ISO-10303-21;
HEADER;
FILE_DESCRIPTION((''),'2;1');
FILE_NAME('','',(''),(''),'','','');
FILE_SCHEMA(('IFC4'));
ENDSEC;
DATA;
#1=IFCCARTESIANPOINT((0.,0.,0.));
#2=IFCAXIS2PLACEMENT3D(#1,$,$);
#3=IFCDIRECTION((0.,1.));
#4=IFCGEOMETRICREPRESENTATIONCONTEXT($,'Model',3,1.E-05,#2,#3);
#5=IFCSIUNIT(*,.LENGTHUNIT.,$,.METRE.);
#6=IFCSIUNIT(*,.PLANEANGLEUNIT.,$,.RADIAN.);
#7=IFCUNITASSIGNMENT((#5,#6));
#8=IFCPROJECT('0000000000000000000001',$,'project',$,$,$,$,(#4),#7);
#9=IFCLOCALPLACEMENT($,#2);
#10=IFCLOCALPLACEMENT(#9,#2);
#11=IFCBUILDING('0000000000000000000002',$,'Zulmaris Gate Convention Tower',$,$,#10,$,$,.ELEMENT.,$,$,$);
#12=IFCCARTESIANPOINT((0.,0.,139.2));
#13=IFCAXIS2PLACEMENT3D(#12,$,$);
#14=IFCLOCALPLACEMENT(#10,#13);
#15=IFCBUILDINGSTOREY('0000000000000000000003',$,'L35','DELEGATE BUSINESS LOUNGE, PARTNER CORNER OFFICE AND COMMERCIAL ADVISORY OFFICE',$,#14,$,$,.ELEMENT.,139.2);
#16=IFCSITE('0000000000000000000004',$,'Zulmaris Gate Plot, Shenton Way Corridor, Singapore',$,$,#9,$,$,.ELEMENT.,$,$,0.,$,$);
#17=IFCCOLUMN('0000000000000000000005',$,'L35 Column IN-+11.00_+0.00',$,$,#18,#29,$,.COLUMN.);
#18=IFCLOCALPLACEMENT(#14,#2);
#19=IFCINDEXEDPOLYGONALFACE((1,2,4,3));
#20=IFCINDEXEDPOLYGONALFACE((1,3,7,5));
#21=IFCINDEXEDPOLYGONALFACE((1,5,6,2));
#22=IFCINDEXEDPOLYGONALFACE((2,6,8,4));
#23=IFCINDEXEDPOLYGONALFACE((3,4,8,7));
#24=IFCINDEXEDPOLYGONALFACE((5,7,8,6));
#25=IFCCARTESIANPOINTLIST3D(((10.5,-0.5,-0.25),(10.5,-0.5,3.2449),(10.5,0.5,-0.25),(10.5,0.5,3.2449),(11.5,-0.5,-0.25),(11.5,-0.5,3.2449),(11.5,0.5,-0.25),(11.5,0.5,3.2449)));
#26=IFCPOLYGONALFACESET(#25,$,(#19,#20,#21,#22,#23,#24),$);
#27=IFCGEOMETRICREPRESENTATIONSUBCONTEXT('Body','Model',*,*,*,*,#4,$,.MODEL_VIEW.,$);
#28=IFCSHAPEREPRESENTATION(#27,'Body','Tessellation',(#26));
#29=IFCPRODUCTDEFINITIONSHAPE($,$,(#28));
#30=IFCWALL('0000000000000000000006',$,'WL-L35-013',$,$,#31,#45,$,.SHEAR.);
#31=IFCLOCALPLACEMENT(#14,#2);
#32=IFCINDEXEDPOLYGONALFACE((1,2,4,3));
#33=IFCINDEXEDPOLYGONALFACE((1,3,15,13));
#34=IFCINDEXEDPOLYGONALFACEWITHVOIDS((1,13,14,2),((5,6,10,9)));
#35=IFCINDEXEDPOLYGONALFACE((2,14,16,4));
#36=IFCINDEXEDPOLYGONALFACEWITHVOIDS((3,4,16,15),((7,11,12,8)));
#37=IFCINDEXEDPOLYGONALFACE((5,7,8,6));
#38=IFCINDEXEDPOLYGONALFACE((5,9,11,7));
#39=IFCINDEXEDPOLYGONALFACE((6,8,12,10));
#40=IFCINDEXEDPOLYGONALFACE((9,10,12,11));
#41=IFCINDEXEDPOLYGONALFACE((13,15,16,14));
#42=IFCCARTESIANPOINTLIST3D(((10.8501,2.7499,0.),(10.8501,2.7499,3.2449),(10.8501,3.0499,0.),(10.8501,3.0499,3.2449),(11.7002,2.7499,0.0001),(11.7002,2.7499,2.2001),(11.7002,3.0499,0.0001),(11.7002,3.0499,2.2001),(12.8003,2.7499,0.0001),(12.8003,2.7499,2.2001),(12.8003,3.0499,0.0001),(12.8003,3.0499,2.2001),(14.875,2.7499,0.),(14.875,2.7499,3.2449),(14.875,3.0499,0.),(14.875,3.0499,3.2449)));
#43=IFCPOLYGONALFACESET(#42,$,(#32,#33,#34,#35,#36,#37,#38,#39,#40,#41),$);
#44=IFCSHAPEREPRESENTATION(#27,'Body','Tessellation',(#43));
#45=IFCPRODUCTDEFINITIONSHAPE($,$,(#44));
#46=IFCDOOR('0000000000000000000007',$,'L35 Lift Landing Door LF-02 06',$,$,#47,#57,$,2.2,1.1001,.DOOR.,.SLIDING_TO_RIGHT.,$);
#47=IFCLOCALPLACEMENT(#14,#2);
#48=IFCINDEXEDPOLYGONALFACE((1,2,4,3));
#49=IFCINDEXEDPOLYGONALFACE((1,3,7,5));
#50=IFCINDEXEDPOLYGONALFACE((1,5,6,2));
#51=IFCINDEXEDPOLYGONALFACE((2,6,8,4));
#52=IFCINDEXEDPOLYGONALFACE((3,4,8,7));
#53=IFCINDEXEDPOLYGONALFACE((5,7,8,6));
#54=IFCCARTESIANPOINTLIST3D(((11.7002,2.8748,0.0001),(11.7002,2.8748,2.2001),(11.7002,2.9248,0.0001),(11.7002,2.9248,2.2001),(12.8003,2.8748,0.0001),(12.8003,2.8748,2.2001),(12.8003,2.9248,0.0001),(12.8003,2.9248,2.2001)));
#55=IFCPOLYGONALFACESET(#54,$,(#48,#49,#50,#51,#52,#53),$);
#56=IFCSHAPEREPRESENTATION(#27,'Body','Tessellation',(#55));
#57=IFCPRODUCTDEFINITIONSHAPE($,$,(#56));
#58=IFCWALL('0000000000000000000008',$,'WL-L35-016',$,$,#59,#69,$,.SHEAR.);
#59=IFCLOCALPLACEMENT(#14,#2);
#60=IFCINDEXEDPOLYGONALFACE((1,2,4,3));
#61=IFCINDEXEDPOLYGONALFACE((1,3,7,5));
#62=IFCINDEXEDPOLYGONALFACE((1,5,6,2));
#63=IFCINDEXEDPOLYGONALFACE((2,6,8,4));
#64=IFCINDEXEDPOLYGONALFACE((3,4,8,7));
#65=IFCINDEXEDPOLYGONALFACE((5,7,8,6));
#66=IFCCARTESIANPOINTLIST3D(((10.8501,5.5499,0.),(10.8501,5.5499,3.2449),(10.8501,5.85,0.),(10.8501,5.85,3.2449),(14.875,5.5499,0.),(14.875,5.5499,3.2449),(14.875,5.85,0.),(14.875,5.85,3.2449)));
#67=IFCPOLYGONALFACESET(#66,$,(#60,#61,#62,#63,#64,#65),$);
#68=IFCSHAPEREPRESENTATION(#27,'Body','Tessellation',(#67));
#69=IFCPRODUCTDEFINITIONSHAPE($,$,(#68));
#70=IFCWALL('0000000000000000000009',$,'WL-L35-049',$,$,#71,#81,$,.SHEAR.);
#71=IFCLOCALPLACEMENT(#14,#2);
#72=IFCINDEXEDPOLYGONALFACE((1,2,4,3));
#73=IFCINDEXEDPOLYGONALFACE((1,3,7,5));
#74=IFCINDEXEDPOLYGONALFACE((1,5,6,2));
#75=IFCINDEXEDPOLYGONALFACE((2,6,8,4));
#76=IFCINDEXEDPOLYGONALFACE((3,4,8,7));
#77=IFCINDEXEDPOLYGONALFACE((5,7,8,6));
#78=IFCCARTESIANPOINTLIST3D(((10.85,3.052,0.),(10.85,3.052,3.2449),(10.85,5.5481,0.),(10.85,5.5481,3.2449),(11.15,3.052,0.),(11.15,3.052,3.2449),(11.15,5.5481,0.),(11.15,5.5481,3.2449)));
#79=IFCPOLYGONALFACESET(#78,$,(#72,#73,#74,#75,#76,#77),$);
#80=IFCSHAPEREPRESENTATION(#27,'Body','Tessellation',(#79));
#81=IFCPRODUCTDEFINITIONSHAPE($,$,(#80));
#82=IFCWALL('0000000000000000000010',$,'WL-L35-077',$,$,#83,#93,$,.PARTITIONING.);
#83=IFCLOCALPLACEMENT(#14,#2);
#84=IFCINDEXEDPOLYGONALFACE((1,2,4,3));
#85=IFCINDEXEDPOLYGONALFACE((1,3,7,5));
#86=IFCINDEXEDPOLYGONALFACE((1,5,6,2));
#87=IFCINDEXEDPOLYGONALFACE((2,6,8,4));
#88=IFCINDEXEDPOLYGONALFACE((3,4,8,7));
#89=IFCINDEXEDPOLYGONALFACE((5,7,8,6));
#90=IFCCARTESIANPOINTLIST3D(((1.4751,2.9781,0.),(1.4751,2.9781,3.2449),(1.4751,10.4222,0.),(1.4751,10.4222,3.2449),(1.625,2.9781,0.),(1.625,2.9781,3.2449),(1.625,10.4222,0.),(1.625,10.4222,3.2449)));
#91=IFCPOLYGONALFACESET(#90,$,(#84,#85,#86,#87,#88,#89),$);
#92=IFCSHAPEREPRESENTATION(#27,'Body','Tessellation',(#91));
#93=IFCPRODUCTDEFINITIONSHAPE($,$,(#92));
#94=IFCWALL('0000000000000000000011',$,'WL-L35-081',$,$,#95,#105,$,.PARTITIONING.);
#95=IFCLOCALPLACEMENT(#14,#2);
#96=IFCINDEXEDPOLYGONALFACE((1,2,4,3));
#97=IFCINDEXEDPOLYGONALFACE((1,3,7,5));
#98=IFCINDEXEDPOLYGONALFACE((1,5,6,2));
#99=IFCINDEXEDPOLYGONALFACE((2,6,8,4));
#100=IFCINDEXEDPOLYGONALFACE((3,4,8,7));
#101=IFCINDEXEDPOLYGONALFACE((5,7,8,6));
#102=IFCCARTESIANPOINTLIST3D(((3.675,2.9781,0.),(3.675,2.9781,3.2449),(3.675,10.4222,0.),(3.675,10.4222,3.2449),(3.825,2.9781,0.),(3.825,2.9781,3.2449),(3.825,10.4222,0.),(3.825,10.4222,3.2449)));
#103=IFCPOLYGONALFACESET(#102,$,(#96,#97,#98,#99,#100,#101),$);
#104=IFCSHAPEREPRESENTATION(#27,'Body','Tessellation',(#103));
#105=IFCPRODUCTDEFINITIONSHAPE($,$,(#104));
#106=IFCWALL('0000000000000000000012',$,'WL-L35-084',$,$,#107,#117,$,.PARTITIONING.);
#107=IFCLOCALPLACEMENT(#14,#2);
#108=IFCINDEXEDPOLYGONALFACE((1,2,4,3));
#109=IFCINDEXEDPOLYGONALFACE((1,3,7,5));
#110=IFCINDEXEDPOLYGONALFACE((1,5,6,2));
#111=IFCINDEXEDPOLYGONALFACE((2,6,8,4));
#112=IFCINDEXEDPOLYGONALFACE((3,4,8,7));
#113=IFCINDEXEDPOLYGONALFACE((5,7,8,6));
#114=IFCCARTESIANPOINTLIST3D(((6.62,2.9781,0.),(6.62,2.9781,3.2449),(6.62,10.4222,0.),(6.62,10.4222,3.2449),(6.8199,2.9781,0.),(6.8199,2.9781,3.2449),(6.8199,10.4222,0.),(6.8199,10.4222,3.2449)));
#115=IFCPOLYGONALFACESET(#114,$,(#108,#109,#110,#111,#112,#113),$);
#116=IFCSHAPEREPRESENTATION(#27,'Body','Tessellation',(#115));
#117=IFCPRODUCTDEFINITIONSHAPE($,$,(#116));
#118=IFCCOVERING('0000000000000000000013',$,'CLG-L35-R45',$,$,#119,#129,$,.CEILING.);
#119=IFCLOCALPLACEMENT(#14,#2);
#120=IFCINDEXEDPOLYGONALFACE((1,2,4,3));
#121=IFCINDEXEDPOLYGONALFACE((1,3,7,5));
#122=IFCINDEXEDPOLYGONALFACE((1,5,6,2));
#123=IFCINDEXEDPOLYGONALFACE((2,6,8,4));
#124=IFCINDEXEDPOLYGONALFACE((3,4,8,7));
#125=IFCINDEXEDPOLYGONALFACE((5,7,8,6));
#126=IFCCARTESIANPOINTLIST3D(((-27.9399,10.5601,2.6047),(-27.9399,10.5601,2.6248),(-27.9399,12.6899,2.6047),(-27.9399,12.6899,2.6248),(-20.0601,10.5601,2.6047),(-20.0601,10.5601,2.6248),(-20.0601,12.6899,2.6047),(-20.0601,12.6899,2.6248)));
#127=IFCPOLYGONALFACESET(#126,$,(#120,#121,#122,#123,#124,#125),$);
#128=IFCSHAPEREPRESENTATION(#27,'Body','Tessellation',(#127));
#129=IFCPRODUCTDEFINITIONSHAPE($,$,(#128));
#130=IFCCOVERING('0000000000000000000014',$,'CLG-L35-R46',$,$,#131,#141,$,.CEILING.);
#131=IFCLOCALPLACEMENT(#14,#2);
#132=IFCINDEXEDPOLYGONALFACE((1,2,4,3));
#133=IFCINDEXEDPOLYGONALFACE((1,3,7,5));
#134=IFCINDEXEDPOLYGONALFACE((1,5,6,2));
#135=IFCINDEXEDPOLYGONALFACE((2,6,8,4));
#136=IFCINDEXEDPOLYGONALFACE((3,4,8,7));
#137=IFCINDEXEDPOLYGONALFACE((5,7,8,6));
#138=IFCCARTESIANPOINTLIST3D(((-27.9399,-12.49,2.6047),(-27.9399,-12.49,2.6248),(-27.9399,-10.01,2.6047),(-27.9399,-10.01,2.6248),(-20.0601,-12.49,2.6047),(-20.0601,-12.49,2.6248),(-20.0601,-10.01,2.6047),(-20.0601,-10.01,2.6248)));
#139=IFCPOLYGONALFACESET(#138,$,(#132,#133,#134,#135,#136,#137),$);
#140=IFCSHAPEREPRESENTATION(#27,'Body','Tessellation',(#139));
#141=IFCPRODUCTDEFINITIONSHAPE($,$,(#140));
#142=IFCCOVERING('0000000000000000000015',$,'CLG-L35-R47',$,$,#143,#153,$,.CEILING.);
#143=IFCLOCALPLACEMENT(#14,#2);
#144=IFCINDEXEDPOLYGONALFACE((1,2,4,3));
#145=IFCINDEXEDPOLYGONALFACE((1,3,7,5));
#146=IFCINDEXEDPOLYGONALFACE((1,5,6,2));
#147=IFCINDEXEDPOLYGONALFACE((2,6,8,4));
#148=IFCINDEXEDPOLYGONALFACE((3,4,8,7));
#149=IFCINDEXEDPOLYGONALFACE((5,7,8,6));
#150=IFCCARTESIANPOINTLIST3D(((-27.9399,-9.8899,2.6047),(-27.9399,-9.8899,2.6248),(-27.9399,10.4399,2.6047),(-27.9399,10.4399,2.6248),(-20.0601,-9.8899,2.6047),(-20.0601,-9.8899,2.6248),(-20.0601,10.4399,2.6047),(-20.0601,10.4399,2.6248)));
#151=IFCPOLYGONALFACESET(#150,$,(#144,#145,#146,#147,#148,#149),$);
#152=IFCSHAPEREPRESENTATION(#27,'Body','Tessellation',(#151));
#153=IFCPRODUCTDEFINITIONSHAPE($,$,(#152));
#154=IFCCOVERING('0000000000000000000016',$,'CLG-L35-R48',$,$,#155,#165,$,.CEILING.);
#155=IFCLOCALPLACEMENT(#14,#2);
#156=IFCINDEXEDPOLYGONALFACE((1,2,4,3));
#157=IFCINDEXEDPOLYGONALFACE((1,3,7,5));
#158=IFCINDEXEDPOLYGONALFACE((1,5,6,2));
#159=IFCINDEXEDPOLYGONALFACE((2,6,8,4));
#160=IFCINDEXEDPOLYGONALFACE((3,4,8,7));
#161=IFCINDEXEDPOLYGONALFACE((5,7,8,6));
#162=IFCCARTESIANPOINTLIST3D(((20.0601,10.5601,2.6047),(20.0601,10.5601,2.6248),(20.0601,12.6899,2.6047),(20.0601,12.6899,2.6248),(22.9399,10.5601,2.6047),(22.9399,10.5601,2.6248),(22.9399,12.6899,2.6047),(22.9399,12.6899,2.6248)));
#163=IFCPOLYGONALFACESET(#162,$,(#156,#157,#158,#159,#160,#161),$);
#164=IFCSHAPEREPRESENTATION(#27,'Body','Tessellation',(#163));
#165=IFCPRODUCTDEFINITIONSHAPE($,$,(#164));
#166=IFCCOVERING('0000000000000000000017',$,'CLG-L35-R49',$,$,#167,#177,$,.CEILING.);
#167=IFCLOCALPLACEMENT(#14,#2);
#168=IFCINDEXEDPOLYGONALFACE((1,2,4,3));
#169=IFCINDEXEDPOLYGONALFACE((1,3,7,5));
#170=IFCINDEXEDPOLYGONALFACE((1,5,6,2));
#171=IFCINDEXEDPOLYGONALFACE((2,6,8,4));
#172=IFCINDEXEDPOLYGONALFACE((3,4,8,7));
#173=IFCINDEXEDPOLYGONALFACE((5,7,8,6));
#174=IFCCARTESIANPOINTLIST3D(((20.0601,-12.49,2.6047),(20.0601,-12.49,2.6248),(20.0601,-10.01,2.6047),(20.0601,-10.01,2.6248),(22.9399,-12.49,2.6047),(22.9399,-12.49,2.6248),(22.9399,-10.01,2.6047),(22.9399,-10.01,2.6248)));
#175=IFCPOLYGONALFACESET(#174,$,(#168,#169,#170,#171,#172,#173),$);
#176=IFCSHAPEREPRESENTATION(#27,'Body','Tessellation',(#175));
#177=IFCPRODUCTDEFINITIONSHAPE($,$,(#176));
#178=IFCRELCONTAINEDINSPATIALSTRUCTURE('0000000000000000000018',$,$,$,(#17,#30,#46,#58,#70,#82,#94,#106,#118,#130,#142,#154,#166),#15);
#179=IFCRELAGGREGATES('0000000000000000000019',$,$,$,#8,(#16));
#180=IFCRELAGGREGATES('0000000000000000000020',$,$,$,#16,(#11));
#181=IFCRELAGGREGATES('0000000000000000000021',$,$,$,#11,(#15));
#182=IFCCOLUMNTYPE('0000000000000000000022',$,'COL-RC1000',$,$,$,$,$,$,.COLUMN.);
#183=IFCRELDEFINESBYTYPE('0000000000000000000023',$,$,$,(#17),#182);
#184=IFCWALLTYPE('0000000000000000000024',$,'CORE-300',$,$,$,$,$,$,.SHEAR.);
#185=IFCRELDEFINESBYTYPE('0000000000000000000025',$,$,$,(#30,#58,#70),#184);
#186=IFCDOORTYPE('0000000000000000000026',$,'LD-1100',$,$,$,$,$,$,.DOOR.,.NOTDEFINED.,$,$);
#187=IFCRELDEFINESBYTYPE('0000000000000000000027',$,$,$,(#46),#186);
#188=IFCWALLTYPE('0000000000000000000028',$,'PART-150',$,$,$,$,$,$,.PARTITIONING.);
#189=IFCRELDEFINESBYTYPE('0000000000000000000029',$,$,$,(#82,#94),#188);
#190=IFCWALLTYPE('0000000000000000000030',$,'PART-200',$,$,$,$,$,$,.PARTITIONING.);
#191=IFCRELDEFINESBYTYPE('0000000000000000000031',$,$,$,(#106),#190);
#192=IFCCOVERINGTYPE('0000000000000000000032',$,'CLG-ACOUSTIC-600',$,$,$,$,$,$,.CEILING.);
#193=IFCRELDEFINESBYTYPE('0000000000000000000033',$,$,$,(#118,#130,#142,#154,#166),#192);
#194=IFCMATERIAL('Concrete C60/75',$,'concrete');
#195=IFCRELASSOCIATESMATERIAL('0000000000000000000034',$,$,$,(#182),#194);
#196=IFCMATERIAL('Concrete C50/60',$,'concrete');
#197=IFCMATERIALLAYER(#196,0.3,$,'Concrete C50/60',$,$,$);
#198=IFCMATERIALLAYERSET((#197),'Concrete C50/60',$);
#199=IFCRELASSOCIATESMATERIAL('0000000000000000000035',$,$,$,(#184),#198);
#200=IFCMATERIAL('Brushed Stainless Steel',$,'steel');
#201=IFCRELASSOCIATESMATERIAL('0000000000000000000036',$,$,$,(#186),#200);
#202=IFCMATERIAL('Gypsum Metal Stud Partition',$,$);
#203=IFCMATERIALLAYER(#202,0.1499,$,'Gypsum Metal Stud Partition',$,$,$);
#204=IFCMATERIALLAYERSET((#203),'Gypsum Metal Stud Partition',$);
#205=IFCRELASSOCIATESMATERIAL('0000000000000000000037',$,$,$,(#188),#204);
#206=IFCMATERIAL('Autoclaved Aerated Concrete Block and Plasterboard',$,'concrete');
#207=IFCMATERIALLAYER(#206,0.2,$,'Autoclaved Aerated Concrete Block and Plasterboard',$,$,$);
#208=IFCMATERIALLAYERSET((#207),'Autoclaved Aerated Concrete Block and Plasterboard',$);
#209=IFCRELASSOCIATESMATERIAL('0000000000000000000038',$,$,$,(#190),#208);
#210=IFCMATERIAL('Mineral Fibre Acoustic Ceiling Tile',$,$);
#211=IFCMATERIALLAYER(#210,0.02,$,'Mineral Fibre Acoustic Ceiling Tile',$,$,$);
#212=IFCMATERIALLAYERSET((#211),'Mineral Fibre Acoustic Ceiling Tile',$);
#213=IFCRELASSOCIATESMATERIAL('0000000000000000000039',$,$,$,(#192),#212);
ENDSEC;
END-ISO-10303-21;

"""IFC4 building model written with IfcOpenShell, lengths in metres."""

from ifc_helpers import new_model, si_unit, direction, frame, frame_2d, origin, origin_2d, place, context, subcontext, project, spatial, polyline, rectangle, outline, extrude, material, layer, layer_set, material_profile, profile_set, type_object, element, fill, save


model = new_model("IFC4")

# Units and contexts
model_context = context("Model", 3, precision=1e-05, world=origin(), true_north=direction((0.0, 1.0)))
body_context = subcontext(model_context, "Body", "Model", "MODEL_VIEW")
ifc_project = project(units=[si_unit("LENGTHUNIT", "METRE"), si_unit("PLANEANGLEUNIT", "RADIAN")], contexts=[model_context])

# Site, building, storey
site_placement = place(None, origin())
site = spatial("IfcSite", under=ifc_project, at=site_placement, Name="Zulmaris Gate Plot, Shenton Way Corridor, Singapore", CompositionType="ELEMENT", RefElevation=0.0)
building_placement = place(site_placement, origin())
building = spatial("IfcBuilding", under=site, at=building_placement, Name="Zulmaris Gate Convention Tower", CompositionType="ELEMENT")
storey_placement = place(building_placement, frame((0.0, 0.0, 139.2)))
storey = spatial("IfcBuildingStorey", under=building, at=storey_placement, Name="L35", Description="DELEGATE BUSINESS LOUNGE, PARTNER CORNER OFFICE AND COMMERCIAL ADVISORY OFFICE", CompositionType="ELEMENT", Elevation=139.2)

# Column
ifc_material_1 = material(Name="Concrete C60/75", Category="concrete")
ifc_material_profile = material_profile(ifc_material_1, rectangle(XDim=1.0, YDim=1.0, at=origin_2d()), Name="RC COL 1000x1000")
ifc_profile_set = profile_set([ifc_material_profile], Name="Concrete C60/75")
column_type = type_object("IfcColumnType", Name="COL-RC1000", PredefinedType="COLUMN", material=ifc_profile_set)
column_placement = place(storey_placement, frame((11.0, 0.0, -0.25), z_axis=(0.0, 0.0, 1.0), x_axis=(1.0, 0.0, 0.0)))
element("IfcColumn", 1, at=column_placement, inside=storey, type_object=column_type, Name="L35 Column IN-+11.00_+0.00", PredefinedType="COLUMN", context=body_context, shape_type="SweptSolid", body=[
    extrude(rectangle(XDim=1.0, YDim=1.0, at=origin_2d()), origin(), (0.0, 0.0, 1.0), 3.4949),
])

# Wall, opening, door
ifc_material_2 = material(Name="Concrete C50/60", Category="concrete")
ifc_layer_1 = layer(ifc_material_2, 0.3, Name="Concrete C50/60")
ifc_layer_set_1 = layer_set([ifc_layer_1], Name="Concrete C50/60")
wall_type_1 = type_object("IfcWallType", Name="CORE-300", PredefinedType="SHEAR", material=ifc_layer_set_1)
wall_1_placement = place(storey_placement, frame((10.8501, 2.8999, 0.0), z_axis=(0.0, 0.0, 1.0), x_axis=(1.0, 0.0, 0.0)))
wall_1 = element("IfcWall", 2, at=wall_1_placement, inside=storey, type_object=wall_type_1, Name="WL-L35-013", PredefinedType="SHEAR", context=body_context, shape_type="SweptSolid", body=[
    extrude(rectangle(XDim=4.0249, YDim=0.3, at=frame_2d((2.0125, 0.0))), origin(), (0.0, 0.0, 1.0), 3.2449),
])
opening_1_placement = place(wall_1_placement, frame((0.8501, 0.0, 0.0)))
opening_1 = element("IfcOpeningElement", 3, at=opening_1_placement, cuts=wall_1, PredefinedType="OPENING", context=body_context, shape_type="SweptSolid", body=[
    extrude(rectangle(XDim=1.1001, YDim=2.2, at=frame_2d((0.55, 1.1001))), frame((0.0, 0.1602, 0.0), z_axis=(0.0, -1.0, 0.0), x_axis=(1.0, 0.0, 0.0)), (0.0, 0.0, 1.0), 0.3201),
])
ifc_material_3 = material(Name="Brushed Stainless Steel", Category="steel")
door_type_1 = type_object("IfcDoorType", Name="LD-1100", OperationType="NOTDEFINED", PredefinedType="DOOR", material=ifc_material_3)
door_1_placement = place(opening_1_placement, origin())
door_1 = element("IfcDoor", 4, at=door_1_placement, inside=storey, type_object=door_type_1, Name="L35 Lift Landing Door LF-02 06", OperationType="SLIDING_TO_RIGHT", OverallHeight=2.2, OverallWidth=1.1001, PredefinedType="DOOR", context=body_context, shape_type="SweptSolid", body=[
    extrude(rectangle(XDim=1.1001, YDim=2.2, at=frame_2d((0.55, 1.1001))), frame((0.0, 0.0249, 0.0), z_axis=(0.0, -1.0, 0.0), x_axis=(1.0, 0.0, 0.0)), (0.0, 0.0, 1.0), 0.05),
])
fill(opening_1, door_1)

# Wall
wall_2_placement = place(storey_placement, frame((10.8501, 5.7, 0.0), z_axis=(0.0, 0.0, 1.0), x_axis=(1.0, 0.0, 0.0)))
element("IfcWall", 5, at=wall_2_placement, inside=storey, type_object=wall_type_1, Name="WL-L35-016", PredefinedType="SHEAR", context=body_context, shape_type="SweptSolid", body=[
    extrude(rectangle(XDim=4.0249, YDim=0.3, at=frame_2d((2.0125, 0.0))), origin(), (0.0, 0.0, 1.0), 3.2449),
])

# Walls
wall_3_placement = place(storey_placement, frame((11.0, 3.052, 0.0), z_axis=(0.0, 0.0, 1.0), x_axis=(0.0, 1.0, 0.0)))
element("IfcWall", 6, at=wall_3_placement, inside=storey, type_object=wall_type_1, Name="WL-L35-049", PredefinedType="SHEAR", context=body_context, shape_type="SweptSolid", body=[
    extrude(rectangle(XDim=2.4961, YDim=0.3, at=frame_2d((1.248, 0.0))), origin(), (0.0, 0.0, 1.0), 3.2449),
])
ifc_material_4 = material(Name="Gypsum Metal Stud Partition")
ifc_layer_2 = layer(ifc_material_4, 0.1499, Name="Gypsum Metal Stud Partition")
ifc_layer_set_2 = layer_set([ifc_layer_2], Name="Gypsum Metal Stud Partition")
wall_type_2 = type_object("IfcWallType", Name="PART-150", PredefinedType="PARTITIONING", material=ifc_layer_set_2)
for number, where, z_axis, x_axis, name in (
    (7, (1.55, 2.978, 0.0), (0.0, 0.0, 1.0), (0.0, 1.0, 0.0), "WL-L35-077"),
    (8, (3.75, 2.978, 0.0), (0.0, 0.0, 1.0), (0.0, 1.0, 0.0), "WL-L35-081"),
):
    element("IfcWall", number, at=place(storey_placement, frame(where, z_axis=z_axis, x_axis=x_axis)), inside=storey, type_object=wall_type_2, Name=name, PredefinedType="PARTITIONING", context=body_context, shape_type="SweptSolid", body=[
        extrude(rectangle(XDim=7.4441, YDim=0.1499, at=frame_2d((3.7222, 0.0))), origin(), (0.0, 0.0, 1.0), 3.2449),
    ])
ifc_material_5 = material(Name="Autoclaved Aerated Concrete Block and Plasterboard", Category="concrete")
ifc_layer_3 = layer(ifc_material_5, 0.2, Name="Autoclaved Aerated Concrete Block and Plasterboard")
ifc_layer_set_3 = layer_set([ifc_layer_3], Name="Autoclaved Aerated Concrete Block and Plasterboard")
wall_type_3 = type_object("IfcWallType", Name="PART-200", PredefinedType="PARTITIONING", material=ifc_layer_set_3)
wall_4_placement = place(storey_placement, frame((6.72, 2.978, 0.0), z_axis=(0.0, 0.0, 1.0), x_axis=(0.0, 1.0, 0.0)))
element("IfcWall", 9, at=wall_4_placement, inside=storey, type_object=wall_type_3, Name="WL-L35-084", PredefinedType="PARTITIONING", context=body_context, shape_type="SweptSolid", body=[
    extrude(rectangle(XDim=7.4441, YDim=0.2, at=frame_2d((3.7222, 0.0))), origin(), (0.0, 0.0, 1.0), 3.2449),
])

# Coverings
ifc_material_6 = material(Name="Mineral Fibre Acoustic Ceiling Tile")
ifc_layer_4 = layer(ifc_material_6, 0.02, Name="Mineral Fibre Acoustic Ceiling Tile")
ifc_layer_set_4 = layer_set([ifc_layer_4], Name="Mineral Fibre Acoustic Ceiling Tile")
covering_type_1 = type_object("IfcCoveringType", Name="CLG-ACOUSTIC-600", PredefinedType="CEILING", material=ifc_layer_set_4)
covering_1_placement = place(storey_placement, frame((0.0, 0.0, 2.6047)))
element("IfcCovering", 10, at=covering_1_placement, inside=storey, type_object=covering_type_1, Name="CLG-L35-R45", PredefinedType="CEILING", context=body_context, shape_type="SweptSolid", body=[
    extrude(outline(polyline([(-27.9399, 10.5601), (-20.0601, 10.5601), (-20.0601, 12.6899), (-27.9399, 12.6899), (-27.9399, 10.5601)])), origin(), (0.0, 0.0, 1.0), 0.02),
])
covering_2_placement = place(storey_placement, frame((0.0, 0.0, 2.6047)))
element("IfcCovering", 11, at=covering_2_placement, inside=storey, type_object=covering_type_1, Name="CLG-L35-R46", PredefinedType="CEILING", context=body_context, shape_type="SweptSolid", body=[
    extrude(outline(polyline([(-27.9399, -12.49), (-20.0601, -12.49), (-20.0601, -10.01), (-27.9399, -10.01), (-27.9399, -12.49)])), origin(), (0.0, 0.0, 1.0), 0.02),
])
covering_3_placement = place(storey_placement, frame((0.0, 0.0, 2.6047)))
element("IfcCovering", 12, at=covering_3_placement, inside=storey, type_object=covering_type_1, Name="CLG-L35-R47", PredefinedType="CEILING", context=body_context, shape_type="SweptSolid", body=[
    extrude(outline(polyline([(-27.9399, -9.8899), (-20.0601, -9.8899), (-20.0601, 10.4399), (-27.9399, 10.4399), (-27.9399, -9.8899)])), origin(), (0.0, 0.0, 1.0), 0.02),
])
covering_4_placement = place(storey_placement, frame((0.0, 0.0, 2.6047)))
element("IfcCovering", 13, at=covering_4_placement, inside=storey, type_object=covering_type_1, Name="CLG-L35-R48", PredefinedType="CEILING", context=body_context, shape_type="SweptSolid", body=[
    extrude(outline(polyline([(20.0601, 10.5601), (22.9399, 10.5601), (22.9399, 12.6899), (20.0601, 12.6899), (20.0601, 10.5601)])), origin(), (0.0, 0.0, 1.0), 0.02),
])
covering_5_placement = place(storey_placement, frame((0.0, 0.0, 2.6047)))
element("IfcCovering", 14, at=covering_5_placement, inside=storey, type_object=covering_type_1, Name="CLG-L35-R49", PredefinedType="CEILING", context=body_context, shape_type="SweptSolid", body=[
    extrude(outline(polyline([(20.0601, -12.49), (22.9399, -12.49), (22.9399, -10.01), (20.0601, -10.01), (20.0601, -12.49)])), origin(), (0.0, 0.0, 1.0), 0.02),
])

save(model, "model.ifc")
